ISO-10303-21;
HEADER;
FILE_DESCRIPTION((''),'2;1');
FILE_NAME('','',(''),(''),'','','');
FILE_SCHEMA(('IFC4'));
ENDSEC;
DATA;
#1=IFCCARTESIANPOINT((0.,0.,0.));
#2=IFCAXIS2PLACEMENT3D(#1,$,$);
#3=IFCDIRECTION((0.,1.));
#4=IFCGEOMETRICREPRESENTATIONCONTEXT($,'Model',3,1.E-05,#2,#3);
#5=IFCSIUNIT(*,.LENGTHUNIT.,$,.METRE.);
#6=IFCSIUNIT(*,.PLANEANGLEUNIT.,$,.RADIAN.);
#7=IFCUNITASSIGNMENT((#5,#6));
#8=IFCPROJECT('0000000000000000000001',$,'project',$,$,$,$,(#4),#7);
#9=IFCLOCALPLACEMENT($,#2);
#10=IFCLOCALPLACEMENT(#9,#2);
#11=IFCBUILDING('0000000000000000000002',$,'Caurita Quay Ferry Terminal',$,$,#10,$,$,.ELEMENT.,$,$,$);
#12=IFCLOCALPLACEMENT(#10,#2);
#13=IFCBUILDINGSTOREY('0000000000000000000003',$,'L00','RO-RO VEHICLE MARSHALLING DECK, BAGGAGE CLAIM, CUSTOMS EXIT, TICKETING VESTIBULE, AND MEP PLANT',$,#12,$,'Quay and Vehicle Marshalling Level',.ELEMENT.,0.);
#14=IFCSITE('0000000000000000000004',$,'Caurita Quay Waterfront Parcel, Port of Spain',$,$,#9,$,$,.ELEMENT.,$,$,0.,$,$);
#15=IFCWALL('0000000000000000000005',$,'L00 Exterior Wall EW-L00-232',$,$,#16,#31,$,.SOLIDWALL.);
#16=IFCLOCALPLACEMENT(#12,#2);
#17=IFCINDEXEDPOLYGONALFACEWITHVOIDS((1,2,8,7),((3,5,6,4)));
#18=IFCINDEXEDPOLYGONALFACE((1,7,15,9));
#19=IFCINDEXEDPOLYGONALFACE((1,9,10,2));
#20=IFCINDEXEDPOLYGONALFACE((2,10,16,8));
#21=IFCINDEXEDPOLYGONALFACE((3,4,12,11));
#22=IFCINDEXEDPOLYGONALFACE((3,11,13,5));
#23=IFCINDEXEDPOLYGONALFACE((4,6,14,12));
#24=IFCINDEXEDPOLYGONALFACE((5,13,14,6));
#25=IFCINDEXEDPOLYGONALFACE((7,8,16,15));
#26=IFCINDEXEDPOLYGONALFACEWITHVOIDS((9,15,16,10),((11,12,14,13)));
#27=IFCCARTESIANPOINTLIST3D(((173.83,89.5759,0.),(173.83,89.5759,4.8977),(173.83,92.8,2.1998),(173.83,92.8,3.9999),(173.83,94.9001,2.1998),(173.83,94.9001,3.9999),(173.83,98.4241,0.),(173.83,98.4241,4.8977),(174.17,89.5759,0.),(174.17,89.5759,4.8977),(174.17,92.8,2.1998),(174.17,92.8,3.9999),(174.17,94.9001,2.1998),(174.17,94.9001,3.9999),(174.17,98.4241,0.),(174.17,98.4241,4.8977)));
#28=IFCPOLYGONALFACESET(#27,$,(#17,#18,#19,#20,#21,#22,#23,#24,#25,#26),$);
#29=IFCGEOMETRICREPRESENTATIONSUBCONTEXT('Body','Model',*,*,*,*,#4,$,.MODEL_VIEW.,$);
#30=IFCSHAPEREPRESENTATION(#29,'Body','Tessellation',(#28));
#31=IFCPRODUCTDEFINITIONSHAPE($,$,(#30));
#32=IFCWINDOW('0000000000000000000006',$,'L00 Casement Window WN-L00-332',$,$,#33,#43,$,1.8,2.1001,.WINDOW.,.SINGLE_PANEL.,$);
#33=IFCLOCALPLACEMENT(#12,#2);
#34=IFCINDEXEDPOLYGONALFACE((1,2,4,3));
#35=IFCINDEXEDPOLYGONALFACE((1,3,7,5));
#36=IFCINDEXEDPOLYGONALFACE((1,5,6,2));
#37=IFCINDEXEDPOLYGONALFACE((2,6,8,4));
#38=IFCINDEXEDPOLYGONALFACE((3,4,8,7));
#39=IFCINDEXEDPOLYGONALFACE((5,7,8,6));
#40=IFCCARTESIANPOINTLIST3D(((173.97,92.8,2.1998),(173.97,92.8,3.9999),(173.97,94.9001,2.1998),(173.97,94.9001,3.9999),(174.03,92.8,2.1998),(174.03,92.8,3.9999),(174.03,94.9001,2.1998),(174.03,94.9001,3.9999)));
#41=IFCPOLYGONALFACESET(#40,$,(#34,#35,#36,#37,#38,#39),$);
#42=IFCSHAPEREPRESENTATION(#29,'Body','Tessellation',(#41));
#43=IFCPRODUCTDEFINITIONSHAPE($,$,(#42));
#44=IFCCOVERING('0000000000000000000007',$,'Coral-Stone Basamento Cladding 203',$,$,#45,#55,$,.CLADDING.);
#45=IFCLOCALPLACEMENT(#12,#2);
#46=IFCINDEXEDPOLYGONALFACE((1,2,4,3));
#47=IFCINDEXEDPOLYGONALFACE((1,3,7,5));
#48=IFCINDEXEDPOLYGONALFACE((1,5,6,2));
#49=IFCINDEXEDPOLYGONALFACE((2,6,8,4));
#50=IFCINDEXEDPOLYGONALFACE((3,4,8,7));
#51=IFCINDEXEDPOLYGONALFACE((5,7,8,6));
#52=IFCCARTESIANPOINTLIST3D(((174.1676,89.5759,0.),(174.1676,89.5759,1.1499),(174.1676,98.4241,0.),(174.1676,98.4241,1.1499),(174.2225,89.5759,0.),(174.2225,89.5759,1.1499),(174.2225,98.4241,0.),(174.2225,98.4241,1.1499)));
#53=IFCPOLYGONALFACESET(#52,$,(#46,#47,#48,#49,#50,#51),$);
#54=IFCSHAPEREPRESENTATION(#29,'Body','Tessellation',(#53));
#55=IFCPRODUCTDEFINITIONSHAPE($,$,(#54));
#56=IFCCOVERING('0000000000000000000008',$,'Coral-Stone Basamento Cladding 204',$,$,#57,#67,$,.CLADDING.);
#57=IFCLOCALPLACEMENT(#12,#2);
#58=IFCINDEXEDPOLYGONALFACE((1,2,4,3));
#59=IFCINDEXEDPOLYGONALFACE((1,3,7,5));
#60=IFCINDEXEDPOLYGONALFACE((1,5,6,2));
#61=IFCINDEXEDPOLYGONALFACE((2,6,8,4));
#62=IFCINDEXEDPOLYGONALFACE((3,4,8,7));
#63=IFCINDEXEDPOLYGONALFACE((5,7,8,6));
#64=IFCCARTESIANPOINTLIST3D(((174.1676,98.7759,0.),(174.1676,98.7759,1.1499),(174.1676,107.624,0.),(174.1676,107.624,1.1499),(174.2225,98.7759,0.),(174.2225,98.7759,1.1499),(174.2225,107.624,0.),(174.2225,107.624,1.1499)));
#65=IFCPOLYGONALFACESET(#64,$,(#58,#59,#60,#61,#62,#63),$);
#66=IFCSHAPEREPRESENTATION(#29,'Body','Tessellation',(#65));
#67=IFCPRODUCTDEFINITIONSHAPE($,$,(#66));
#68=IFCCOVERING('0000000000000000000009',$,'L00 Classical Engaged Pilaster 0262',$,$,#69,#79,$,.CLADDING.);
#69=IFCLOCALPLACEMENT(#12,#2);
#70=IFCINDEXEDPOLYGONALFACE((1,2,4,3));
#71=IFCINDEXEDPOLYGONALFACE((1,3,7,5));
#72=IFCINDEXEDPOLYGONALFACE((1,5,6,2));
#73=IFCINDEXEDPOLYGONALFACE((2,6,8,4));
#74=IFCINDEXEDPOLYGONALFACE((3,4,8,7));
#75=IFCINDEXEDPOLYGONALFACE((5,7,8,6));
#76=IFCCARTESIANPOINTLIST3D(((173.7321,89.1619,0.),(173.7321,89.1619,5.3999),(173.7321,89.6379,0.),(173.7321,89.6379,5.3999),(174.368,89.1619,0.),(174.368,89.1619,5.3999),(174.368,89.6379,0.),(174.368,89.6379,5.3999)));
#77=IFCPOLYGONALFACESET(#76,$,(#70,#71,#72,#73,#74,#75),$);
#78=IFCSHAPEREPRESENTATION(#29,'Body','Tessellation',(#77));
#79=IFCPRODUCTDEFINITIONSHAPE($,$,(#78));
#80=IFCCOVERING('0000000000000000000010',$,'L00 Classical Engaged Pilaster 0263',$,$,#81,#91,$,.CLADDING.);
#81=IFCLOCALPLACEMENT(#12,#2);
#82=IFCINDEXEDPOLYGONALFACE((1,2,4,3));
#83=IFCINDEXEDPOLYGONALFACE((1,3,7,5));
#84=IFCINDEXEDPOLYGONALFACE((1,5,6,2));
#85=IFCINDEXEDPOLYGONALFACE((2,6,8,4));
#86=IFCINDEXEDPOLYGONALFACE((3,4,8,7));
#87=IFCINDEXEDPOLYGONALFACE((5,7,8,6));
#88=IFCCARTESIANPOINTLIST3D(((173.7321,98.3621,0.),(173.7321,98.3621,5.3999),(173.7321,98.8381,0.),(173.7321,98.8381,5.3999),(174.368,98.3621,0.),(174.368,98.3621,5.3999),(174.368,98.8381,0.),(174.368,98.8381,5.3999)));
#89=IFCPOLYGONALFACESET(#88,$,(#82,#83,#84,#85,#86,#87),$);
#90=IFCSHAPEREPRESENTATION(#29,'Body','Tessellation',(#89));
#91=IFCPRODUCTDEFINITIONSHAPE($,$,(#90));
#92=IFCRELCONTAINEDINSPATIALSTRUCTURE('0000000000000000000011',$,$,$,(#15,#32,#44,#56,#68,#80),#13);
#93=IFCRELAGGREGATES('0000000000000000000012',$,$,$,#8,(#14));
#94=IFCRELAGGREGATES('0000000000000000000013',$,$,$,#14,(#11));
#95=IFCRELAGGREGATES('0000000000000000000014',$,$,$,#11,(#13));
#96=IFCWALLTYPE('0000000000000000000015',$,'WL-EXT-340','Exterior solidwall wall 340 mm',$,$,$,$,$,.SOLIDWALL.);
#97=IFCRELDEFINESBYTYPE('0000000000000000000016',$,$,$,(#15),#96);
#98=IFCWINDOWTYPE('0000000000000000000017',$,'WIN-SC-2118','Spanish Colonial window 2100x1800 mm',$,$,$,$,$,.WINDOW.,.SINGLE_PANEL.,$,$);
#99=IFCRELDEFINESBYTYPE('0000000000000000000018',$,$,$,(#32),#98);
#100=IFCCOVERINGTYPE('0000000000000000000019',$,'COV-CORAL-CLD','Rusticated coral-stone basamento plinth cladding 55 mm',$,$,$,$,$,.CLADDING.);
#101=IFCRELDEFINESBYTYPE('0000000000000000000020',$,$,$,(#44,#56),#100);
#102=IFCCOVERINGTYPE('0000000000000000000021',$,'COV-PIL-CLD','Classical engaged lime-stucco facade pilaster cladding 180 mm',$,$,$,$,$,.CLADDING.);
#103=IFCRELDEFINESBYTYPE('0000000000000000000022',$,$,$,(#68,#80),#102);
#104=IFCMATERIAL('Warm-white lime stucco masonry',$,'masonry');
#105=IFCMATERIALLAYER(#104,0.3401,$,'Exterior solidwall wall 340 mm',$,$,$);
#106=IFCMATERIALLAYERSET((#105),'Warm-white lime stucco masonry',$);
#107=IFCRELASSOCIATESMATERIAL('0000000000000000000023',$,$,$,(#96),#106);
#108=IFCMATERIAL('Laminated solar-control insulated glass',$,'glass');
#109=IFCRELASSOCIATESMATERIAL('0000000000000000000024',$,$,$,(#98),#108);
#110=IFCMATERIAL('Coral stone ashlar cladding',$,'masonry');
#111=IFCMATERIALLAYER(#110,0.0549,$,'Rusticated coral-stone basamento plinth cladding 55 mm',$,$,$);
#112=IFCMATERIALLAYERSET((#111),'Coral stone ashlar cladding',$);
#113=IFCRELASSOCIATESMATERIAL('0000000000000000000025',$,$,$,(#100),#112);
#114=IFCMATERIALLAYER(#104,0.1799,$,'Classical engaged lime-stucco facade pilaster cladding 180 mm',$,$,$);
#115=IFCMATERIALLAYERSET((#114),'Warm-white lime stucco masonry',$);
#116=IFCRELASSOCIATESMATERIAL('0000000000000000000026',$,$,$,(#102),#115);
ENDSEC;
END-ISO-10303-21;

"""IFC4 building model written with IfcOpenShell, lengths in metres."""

from ifc_helpers import new_model, si_unit, direction, frame, frame_2d, origin, origin_2d, place, context, subcontext, project, spatial, rectangle, extrude, material, layer, layer_set, type_object, element, fill, save


model = new_model("IFC4")

# Units and contexts
model_context = context("Model", 3, precision=1e-05, world=origin(), true_north=direction((0.0, 1.0)))
body_context = subcontext(model_context, "Body", "Model", "MODEL_VIEW")
ifc_project = project(units=[si_unit("LENGTHUNIT", "METRE"), si_unit("PLANEANGLEUNIT", "RADIAN")], contexts=[model_context])

# Site, building, storey
site_placement = place(None, origin())
site = spatial("IfcSite", under=ifc_project, at=site_placement, Name="Caurita Quay Waterfront Parcel, Port of Spain", CompositionType="ELEMENT", RefElevation=0.0)
building_placement = place(site_placement, origin())
building = spatial("IfcBuilding", under=site, at=building_placement, Name="Caurita Quay Ferry Terminal", CompositionType="ELEMENT")
storey_placement = place(building_placement, origin())
storey = spatial("IfcBuildingStorey", under=building, at=storey_placement, Name="L00", Description="RO-RO VEHICLE MARSHALLING DECK, BAGGAGE CLAIM, CUSTOMS EXIT, TICKETING VESTIBULE, AND MEP PLANT", LongName="Quay and Vehicle Marshalling Level", CompositionType="ELEMENT", Elevation=0.0)

# Wall, opening, window
ifc_material_1 = material(Name="Warm-white lime stucco masonry", Category="masonry")
ifc_layer_1 = layer(ifc_material_1, 0.3401, Name="Exterior solidwall wall 340 mm")
ifc_layer_set_1 = layer_set([ifc_layer_1], Name="Warm-white lime stucco masonry")
wall_type = type_object("IfcWallType", Name="WL-EXT-340", Description="Exterior solidwall wall 340 mm", PredefinedType="SOLIDWALL", material=ifc_layer_set_1)
wall_1_placement = place(storey_placement, frame((174.0, 89.5759, 0.0), z_axis=(0.0, 0.0, 1.0), x_axis=(0.0, 1.0, 0.0)))
wall_1 = element("IfcWall", 1, at=wall_1_placement, inside=storey, type_object=wall_type, Name="L00 Exterior Wall EW-L00-232", PredefinedType="SOLIDWALL", context=body_context, shape_type="SweptSolid", body=[
    extrude(rectangle(XDim=8.8481, YDim=0.3401, at=frame_2d((4.4241, 0.0))), origin(), (0.0, 0.0, 1.0), 4.8977),
])
opening_1_placement = place(wall_1_placement, frame((3.2241, 0.0, 2.2)))
opening_1 = element("IfcOpeningElement", 2, at=opening_1_placement, cuts=wall_1, PredefinedType="OPENING", context=body_context, shape_type="SweptSolid", body=[
    extrude(rectangle(XDim=2.1001, YDim=1.8, at=frame_2d((1.05, 0.8999))), frame((0.0, 0.1799, 0.0), z_axis=(0.0, -1.0, 0.0), x_axis=(1.0, 0.0, 0.0)), (0.0, 0.0, 1.0), 0.3601),
])
ifc_material_2 = material(Name="Laminated solar-control insulated glass", Category="glass")
window_type = type_object("IfcWindowType", Name="WIN-SC-2118", Description="Spanish Colonial window 2100x1800 mm", PartitioningType="SINGLE_PANEL", PredefinedType="WINDOW", material=ifc_material_2)
window_placement = place(opening_1_placement, origin())
window = element("IfcWindow", 3, at=window_placement, inside=storey, type_object=window_type, Name="L00 Casement Window WN-L00-332", OverallHeight=1.8, OverallWidth=2.1001, PartitioningType="SINGLE_PANEL", PredefinedType="WINDOW", context=body_context, shape_type="SweptSolid", body=[
    extrude(rectangle(XDim=2.1001, YDim=1.8, at=frame_2d((1.05, 0.8999))), frame((0.0, 0.03, 0.0), z_axis=(0.0, -1.0, 0.0), x_axis=(1.0, 0.0, 0.0)), (0.0, 0.0, 1.0), 0.0601),
])
fill(opening_1, window)

# Coverings
ifc_material_3 = material(Name="Coral stone ashlar cladding", Category="masonry")
ifc_layer_2 = layer(ifc_material_3, 0.0549, Name="Rusticated coral-stone basamento plinth cladding 55 mm")
ifc_layer_set_2 = layer_set([ifc_layer_2], Name="Coral stone ashlar cladding")
covering_type_1 = type_object("IfcCoveringType", Name="COV-CORAL-CLD", Description="Rusticated coral-stone basamento plinth cladding 55 mm", PredefinedType="CLADDING", material=ifc_layer_set_2)
for number, where, z_axis, x_axis, name in (
    (4, (174.1951, 89.5759, 0.0), (0.0, 0.0, 1.0), (0.0, 1.0, 0.0), "Coral-Stone Basamento Cladding 203"),
    (5, (174.1951, 98.7759, 0.0), (0.0, 0.0, 1.0), (0.0, 1.0, 0.0), "Coral-Stone Basamento Cladding 204"),
):
    element("IfcCovering", number, at=place(storey_placement, frame(where, z_axis=z_axis, x_axis=x_axis)), inside=storey, type_object=covering_type_1, Name=name, PredefinedType="CLADDING", context=body_context, shape_type="SweptSolid", body=[
        extrude(rectangle(XDim=8.8481, YDim=0.0549, at=frame_2d((4.4241, 0.0))), origin(), (0.0, 0.0, 1.0), 1.1499),
    ])
ifc_layer_3 = layer(ifc_material_1, 0.1799, Name="Classical engaged lime-stucco facade pilaster cladding 180 mm")
ifc_layer_set_3 = layer_set([ifc_layer_3], Name="Warm-white lime stucco masonry")
covering_type_2 = type_object("IfcCoveringType", Name="COV-PIL-CLD", Description="Classical engaged lime-stucco facade pilaster cladding 180 mm", PredefinedType="CLADDING", material=ifc_layer_set_3)
for number, where, z_axis, x_axis, name in (
    (6, (174.05, 89.3999, 0.0), (0.0, 0.0, 1.0), (1.0, 0.0, 0.0), "L00 Classical Engaged Pilaster 0262"),
    (7, (174.05, 98.6001, 0.0), (0.0, 0.0, 1.0), (1.0, 0.0, 0.0), "L00 Classical Engaged Pilaster 0263"),
):
    element("IfcCovering", number, at=place(storey_placement, frame(where, z_axis=z_axis, x_axis=x_axis)), inside=storey, type_object=covering_type_2, Name=name, PredefinedType="CLADDING", context=body_context, shape_type="SweptSolid", body=[
        extrude(rectangle(XDim=0.636, YDim=0.4761, at=origin_2d()), origin(), (0.0, 0.0, 1.0), 5.3999),
    ])

save(model, "model.ifc")
